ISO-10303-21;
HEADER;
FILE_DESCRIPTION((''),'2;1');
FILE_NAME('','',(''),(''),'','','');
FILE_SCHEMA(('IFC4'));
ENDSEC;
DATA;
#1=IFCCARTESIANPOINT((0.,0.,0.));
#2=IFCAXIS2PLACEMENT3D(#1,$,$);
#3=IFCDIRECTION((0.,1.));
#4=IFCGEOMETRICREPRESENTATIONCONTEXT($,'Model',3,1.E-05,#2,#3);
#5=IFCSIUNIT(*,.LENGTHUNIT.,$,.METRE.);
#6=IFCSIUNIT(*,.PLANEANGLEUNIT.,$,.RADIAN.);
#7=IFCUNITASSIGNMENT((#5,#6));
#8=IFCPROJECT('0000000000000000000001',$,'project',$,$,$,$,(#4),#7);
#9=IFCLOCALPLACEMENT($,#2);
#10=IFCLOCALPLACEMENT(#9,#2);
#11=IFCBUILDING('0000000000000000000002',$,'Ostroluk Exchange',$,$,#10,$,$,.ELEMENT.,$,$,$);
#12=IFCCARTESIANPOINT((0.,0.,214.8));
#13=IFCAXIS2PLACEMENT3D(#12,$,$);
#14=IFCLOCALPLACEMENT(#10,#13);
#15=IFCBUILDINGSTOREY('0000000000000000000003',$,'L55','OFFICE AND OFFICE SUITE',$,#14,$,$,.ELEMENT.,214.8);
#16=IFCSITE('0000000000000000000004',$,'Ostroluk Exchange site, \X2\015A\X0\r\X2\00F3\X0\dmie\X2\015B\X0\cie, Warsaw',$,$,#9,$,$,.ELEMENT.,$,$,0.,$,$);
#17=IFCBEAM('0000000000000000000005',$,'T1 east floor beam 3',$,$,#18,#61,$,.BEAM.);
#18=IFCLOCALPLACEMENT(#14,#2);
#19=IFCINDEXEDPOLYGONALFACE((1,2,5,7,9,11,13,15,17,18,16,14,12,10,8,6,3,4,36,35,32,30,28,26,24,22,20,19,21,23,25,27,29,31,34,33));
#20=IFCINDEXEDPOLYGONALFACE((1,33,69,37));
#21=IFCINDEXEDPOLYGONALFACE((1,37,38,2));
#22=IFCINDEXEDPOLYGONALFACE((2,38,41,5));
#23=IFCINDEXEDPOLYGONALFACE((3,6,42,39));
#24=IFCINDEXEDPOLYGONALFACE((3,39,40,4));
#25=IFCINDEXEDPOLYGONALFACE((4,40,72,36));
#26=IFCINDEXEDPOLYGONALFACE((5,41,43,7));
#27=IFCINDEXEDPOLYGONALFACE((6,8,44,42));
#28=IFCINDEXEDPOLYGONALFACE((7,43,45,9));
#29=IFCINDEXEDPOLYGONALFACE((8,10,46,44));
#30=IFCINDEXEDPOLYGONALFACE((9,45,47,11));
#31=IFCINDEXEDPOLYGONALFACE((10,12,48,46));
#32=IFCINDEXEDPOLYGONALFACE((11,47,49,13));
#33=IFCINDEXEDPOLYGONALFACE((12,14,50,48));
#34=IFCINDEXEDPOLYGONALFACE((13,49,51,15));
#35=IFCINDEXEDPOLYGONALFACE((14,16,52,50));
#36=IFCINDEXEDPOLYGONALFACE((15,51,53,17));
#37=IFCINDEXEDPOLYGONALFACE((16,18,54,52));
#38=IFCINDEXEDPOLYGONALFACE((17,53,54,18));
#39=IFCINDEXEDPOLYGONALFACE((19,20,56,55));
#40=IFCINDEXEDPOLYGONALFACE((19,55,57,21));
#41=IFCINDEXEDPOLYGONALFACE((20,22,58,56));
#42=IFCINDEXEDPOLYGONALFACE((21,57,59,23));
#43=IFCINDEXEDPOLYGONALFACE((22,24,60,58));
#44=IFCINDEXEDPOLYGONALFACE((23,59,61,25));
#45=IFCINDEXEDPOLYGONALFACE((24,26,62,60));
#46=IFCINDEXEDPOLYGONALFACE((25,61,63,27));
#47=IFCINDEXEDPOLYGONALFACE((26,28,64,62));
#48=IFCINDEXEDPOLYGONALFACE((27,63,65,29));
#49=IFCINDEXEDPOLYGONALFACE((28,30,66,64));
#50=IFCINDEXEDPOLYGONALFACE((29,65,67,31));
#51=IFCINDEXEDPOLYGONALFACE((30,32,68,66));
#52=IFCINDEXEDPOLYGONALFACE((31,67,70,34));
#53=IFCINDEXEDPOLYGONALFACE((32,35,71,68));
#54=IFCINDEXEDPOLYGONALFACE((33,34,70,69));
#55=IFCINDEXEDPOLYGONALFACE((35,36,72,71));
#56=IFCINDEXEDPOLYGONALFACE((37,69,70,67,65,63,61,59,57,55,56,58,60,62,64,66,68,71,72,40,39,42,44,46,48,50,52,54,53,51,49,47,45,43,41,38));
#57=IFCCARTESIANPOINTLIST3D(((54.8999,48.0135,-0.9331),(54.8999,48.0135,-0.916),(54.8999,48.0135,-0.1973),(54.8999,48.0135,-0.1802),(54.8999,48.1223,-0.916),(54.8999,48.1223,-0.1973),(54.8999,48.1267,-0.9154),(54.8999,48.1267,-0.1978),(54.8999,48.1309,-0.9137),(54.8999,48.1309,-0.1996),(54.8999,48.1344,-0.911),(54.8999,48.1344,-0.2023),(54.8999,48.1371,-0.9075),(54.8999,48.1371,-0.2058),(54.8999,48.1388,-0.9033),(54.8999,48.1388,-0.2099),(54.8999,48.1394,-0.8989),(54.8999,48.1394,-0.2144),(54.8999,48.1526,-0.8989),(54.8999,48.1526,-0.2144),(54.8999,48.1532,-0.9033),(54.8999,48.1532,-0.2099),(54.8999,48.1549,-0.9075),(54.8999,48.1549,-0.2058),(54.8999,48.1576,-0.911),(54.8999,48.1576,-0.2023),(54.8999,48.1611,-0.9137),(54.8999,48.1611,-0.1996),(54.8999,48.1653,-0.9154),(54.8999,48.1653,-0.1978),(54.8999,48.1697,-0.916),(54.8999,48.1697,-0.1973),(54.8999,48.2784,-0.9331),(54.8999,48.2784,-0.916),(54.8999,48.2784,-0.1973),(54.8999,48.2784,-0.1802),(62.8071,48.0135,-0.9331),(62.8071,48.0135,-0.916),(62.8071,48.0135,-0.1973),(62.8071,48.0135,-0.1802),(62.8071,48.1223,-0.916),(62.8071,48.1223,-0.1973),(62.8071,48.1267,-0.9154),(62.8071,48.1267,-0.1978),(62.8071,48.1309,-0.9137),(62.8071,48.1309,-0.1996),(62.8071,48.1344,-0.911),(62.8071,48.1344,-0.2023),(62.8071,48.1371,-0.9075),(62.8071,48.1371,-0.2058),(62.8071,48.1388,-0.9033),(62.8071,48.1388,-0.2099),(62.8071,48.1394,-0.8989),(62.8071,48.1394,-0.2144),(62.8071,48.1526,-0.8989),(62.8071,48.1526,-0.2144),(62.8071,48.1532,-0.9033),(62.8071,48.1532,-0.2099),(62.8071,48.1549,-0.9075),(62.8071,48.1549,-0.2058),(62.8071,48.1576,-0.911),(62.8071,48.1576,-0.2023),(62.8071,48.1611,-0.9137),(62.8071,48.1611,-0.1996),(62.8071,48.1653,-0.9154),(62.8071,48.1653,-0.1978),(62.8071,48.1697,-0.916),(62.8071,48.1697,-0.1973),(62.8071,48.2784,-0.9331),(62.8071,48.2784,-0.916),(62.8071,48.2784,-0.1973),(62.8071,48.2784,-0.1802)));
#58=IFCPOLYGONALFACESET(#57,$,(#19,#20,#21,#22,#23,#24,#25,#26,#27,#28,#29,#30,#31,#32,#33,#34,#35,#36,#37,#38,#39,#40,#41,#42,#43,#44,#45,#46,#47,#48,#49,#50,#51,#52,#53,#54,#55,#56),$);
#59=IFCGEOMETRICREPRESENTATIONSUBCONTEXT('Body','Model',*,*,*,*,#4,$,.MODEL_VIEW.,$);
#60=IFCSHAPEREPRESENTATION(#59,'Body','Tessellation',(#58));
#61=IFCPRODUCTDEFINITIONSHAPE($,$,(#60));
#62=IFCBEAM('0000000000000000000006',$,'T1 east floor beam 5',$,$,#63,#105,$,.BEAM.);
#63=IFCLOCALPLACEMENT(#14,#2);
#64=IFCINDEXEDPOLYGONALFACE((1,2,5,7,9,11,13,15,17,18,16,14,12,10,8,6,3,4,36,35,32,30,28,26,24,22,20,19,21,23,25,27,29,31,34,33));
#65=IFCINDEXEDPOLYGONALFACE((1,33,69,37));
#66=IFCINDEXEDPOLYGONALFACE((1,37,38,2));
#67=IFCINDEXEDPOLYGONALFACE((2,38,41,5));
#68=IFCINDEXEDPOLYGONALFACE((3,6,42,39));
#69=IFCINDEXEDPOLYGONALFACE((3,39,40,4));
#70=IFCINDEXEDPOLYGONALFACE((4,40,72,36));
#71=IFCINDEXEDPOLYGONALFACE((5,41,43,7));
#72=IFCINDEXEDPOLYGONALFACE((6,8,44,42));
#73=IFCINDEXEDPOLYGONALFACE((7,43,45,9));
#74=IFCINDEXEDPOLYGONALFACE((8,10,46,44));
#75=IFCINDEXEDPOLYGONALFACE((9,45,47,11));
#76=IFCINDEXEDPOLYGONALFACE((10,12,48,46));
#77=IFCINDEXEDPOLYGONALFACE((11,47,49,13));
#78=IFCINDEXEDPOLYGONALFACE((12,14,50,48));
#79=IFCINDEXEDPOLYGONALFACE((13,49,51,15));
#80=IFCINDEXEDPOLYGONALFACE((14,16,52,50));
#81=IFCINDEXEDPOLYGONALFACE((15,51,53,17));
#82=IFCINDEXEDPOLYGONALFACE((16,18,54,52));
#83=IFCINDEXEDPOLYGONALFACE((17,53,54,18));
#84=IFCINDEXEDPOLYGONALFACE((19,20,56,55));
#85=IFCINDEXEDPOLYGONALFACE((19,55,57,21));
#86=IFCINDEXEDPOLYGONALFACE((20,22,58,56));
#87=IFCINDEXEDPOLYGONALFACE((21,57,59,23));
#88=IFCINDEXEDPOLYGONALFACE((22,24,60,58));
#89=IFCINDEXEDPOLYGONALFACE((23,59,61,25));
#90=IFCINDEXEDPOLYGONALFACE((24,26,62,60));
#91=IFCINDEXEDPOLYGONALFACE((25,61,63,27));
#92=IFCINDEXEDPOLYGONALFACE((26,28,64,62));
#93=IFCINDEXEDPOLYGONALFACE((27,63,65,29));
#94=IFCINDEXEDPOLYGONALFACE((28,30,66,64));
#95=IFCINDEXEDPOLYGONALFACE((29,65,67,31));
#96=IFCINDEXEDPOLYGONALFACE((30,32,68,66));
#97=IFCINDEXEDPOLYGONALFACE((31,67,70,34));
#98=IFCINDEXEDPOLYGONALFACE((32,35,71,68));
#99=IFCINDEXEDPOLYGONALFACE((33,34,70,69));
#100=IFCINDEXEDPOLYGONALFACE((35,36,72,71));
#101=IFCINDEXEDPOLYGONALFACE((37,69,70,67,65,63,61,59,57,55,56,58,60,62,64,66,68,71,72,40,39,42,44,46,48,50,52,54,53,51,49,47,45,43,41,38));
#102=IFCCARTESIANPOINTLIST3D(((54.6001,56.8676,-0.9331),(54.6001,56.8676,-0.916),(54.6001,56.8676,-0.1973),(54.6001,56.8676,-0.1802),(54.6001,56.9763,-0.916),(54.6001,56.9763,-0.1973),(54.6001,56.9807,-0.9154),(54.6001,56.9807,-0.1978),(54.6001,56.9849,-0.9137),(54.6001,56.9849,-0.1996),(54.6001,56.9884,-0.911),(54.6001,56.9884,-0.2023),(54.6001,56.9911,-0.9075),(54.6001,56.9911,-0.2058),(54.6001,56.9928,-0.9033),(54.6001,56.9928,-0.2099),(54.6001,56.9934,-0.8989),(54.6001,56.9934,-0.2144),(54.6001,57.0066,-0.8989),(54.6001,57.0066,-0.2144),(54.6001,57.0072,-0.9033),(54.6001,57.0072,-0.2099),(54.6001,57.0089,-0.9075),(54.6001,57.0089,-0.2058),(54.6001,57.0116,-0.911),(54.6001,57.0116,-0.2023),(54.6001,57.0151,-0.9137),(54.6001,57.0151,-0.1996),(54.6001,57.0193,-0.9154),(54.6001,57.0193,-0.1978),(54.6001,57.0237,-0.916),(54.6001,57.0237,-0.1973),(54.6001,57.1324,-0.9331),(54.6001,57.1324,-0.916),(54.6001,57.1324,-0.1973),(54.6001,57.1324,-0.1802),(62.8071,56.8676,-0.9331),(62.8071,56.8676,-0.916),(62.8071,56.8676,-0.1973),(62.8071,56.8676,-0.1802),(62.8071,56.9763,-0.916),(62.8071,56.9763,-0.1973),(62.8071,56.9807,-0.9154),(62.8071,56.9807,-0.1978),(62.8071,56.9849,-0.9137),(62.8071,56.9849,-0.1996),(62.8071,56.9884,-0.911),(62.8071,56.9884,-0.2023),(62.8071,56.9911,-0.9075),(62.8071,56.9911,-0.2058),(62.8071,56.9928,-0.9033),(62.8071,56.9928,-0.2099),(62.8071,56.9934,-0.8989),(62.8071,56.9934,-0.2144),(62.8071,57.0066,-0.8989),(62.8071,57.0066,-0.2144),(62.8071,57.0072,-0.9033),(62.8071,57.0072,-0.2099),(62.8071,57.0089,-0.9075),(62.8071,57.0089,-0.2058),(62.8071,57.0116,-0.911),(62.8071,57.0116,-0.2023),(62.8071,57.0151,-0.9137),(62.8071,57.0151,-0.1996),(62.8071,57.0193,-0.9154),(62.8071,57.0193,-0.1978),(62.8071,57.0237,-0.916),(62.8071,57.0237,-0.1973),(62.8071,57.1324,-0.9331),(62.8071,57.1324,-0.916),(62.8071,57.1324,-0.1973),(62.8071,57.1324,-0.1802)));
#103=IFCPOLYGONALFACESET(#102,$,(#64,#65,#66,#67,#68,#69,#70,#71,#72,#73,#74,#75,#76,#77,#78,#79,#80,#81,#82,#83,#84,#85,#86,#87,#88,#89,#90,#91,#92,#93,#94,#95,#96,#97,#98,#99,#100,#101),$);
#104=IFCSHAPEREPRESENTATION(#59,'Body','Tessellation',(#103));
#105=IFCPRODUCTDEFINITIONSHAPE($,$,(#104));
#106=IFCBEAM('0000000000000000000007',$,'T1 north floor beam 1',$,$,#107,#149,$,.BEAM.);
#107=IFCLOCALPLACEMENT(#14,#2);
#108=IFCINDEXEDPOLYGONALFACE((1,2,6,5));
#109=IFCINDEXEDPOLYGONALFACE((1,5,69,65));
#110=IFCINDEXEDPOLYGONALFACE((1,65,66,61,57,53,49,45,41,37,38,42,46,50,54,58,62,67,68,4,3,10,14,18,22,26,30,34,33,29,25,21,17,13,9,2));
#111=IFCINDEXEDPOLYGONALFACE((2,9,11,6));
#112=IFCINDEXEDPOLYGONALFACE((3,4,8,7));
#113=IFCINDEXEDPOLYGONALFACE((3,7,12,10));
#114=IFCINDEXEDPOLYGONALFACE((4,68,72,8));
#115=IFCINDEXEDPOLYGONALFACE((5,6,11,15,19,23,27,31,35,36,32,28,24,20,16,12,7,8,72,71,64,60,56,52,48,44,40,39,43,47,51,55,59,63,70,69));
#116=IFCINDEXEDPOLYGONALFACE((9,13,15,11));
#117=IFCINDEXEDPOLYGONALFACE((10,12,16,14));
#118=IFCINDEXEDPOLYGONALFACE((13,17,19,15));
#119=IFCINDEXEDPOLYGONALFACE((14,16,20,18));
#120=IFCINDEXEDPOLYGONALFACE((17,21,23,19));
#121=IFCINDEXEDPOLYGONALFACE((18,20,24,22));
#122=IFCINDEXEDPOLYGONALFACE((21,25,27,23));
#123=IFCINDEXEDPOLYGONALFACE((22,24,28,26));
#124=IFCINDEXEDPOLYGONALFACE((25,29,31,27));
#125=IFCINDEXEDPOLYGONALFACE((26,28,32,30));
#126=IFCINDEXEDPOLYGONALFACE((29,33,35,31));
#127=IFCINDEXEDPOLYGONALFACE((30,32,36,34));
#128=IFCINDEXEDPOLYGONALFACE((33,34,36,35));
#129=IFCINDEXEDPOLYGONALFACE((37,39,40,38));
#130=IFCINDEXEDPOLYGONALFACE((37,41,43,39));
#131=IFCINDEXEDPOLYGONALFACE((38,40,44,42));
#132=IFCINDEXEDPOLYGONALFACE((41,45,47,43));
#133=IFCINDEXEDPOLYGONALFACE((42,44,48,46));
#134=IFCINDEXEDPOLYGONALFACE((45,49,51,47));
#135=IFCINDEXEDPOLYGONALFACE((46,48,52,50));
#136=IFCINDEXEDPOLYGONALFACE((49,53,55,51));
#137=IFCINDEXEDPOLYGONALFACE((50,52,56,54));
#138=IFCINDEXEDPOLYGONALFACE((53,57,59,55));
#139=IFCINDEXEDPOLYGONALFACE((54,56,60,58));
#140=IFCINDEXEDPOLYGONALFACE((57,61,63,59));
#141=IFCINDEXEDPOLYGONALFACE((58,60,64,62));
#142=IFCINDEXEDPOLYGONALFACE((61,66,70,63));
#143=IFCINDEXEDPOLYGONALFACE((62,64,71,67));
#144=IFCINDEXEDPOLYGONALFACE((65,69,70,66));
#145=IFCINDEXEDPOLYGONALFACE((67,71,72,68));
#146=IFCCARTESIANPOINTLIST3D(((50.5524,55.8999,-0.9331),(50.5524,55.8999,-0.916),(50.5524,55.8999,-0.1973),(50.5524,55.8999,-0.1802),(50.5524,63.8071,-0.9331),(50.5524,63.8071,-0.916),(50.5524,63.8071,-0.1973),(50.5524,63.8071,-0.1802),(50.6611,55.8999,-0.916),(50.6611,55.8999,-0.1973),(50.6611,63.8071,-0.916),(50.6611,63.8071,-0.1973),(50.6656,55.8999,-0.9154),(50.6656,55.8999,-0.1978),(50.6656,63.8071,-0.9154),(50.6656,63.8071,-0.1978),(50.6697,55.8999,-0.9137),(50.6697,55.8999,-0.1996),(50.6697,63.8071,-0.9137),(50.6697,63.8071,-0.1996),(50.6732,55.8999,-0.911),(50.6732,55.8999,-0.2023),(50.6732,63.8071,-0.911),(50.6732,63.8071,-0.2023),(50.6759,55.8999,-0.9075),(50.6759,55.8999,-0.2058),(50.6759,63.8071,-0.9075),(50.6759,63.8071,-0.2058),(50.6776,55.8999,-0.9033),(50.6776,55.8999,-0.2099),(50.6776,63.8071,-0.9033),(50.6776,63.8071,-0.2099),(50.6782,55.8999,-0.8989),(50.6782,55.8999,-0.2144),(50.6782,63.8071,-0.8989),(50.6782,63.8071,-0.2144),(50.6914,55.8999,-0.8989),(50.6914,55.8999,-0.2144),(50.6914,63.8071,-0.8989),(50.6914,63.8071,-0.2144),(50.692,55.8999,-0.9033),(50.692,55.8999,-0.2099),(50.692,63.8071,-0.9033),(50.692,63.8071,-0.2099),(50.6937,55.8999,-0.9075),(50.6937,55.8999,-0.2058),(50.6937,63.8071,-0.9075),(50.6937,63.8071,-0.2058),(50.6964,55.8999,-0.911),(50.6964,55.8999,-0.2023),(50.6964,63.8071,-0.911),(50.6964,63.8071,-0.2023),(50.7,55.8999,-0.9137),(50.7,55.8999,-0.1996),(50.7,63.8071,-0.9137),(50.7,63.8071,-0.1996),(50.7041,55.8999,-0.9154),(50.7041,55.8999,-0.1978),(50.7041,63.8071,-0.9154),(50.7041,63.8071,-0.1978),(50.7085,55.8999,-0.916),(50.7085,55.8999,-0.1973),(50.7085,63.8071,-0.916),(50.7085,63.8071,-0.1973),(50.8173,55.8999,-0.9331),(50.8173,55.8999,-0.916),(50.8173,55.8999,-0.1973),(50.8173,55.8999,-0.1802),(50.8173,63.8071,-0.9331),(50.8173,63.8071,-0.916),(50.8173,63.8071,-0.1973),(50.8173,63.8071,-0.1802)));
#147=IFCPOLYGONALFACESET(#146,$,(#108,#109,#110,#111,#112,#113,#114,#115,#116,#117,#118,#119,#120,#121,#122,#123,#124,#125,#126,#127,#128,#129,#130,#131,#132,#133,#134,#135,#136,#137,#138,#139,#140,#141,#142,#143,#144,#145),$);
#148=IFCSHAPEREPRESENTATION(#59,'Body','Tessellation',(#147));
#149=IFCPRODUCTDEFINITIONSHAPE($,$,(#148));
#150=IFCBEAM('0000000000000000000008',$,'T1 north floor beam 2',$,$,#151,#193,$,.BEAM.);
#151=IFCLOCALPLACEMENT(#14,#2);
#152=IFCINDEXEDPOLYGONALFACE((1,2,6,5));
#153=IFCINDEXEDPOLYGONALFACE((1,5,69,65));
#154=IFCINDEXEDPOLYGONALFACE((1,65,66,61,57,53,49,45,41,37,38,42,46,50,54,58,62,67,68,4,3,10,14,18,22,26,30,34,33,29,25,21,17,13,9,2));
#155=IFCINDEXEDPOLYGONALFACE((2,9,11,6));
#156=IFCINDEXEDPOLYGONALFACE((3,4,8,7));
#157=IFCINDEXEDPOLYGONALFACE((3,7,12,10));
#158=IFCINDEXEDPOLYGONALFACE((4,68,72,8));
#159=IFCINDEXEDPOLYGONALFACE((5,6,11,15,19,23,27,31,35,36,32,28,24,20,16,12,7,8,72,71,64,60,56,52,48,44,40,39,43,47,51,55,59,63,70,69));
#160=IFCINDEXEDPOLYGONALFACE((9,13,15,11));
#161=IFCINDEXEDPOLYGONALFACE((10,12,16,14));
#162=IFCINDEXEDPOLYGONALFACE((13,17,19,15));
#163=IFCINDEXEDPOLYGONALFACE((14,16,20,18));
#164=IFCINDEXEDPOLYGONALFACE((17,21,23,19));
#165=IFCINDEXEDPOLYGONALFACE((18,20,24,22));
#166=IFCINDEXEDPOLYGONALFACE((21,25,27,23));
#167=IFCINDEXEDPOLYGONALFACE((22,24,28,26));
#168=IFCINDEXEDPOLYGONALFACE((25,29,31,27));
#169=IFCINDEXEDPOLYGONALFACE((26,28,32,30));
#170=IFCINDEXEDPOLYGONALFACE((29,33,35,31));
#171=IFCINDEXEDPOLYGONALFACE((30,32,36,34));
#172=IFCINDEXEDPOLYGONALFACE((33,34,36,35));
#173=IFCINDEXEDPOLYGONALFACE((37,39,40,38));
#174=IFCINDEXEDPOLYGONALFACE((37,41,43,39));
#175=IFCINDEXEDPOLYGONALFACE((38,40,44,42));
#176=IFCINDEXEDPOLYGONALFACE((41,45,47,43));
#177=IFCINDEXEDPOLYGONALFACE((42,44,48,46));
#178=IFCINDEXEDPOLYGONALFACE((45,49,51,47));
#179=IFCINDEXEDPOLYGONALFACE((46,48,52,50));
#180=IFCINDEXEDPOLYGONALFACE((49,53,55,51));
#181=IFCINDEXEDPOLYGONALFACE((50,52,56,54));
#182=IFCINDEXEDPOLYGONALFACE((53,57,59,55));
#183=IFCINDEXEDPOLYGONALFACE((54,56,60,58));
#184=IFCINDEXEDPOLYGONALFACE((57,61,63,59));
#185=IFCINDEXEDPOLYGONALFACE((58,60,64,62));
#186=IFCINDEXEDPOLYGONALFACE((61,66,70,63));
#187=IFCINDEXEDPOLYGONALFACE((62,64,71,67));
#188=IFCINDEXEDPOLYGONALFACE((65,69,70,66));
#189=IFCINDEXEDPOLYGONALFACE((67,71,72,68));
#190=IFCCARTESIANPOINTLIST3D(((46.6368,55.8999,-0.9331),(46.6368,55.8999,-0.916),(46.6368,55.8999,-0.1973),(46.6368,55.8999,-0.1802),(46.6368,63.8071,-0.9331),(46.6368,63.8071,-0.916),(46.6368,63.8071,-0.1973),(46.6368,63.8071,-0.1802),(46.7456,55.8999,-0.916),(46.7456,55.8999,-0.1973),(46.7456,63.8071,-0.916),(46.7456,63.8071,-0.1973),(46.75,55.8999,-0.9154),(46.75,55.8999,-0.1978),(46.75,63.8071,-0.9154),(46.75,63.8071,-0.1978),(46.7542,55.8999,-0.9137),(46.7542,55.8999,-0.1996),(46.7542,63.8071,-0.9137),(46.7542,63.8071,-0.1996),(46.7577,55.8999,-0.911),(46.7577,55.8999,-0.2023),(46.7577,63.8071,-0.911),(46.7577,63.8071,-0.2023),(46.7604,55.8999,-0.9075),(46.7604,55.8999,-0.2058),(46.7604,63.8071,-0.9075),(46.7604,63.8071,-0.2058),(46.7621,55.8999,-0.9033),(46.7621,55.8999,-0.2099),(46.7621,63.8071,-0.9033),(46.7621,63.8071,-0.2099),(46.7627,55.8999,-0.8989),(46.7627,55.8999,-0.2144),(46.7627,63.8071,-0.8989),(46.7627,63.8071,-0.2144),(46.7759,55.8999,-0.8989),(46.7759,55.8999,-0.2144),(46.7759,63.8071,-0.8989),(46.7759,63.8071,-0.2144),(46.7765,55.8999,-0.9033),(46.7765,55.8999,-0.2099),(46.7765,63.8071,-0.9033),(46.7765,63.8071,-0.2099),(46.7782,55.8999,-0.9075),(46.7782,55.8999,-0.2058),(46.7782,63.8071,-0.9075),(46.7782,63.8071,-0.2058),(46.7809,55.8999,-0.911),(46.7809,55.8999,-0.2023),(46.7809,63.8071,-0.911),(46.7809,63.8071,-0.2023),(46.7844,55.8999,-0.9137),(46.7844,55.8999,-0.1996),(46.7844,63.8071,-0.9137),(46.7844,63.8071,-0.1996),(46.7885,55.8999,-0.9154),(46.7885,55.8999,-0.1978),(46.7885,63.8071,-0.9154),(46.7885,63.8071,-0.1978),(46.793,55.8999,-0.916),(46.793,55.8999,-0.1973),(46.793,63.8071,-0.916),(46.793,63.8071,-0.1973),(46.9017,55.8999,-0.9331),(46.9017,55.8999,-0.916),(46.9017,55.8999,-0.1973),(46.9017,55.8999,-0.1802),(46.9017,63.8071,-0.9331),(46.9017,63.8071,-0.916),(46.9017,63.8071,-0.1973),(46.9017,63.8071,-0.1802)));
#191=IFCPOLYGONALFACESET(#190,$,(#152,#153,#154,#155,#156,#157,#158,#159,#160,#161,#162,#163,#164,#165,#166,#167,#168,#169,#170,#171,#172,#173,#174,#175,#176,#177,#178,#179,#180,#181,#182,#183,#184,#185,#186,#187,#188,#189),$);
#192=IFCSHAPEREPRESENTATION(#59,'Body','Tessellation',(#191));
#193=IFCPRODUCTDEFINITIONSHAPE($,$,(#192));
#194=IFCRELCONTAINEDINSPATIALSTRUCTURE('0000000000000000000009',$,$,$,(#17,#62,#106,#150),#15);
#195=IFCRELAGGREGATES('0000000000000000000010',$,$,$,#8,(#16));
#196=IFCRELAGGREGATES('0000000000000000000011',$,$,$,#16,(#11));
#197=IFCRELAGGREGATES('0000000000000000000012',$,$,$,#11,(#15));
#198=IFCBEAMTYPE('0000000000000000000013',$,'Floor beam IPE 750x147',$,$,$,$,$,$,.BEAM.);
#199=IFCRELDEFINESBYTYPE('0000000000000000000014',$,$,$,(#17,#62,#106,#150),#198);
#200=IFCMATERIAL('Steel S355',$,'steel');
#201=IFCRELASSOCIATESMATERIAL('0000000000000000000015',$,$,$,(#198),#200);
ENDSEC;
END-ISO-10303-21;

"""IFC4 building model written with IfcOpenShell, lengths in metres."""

from ifc_helpers import new_model, si_unit, direction, frame, origin, origin_2d, place, context, subcontext, project, spatial, i_section, extrude, material, material_profile, profile_set, type_object, element, save


model = new_model("IFC4")

# Units and contexts
model_context = context("Model", 3, precision=1e-05, world=origin(), true_north=direction((0.0, 1.0)))
body_context = subcontext(model_context, "Body", "Model", "MODEL_VIEW")
ifc_project = project(units=[si_unit("LENGTHUNIT", "METRE"), si_unit("PLANEANGLEUNIT", "RADIAN")], contexts=[model_context])

# Site, building, storey
site_placement = place(None, origin())
site = spatial("IfcSite", under=ifc_project, at=site_placement, Name="Ostroluk Exchange site, Śródmieście, Warsaw", CompositionType="ELEMENT", RefElevation=0.0)
building_placement = place(site_placement, origin())
building = spatial("IfcBuilding", under=site, at=building_placement, Name="Ostroluk Exchange", CompositionType="ELEMENT")
storey_placement = place(building_placement, frame((0.0, 0.0, 214.8)))
storey = spatial("IfcBuildingStorey", under=building, at=storey_placement, Name="L55", Description="OFFICE AND OFFICE SUITE", CompositionType="ELEMENT", Elevation=214.8)

# Beams
ifc_material_1 = material(Name="Steel S355", Category="steel")
ifc_material_profile_1 = material_profile(ifc_material_1, i_section(OverallWidth=0.2649, OverallDepth=0.7529, WebThickness=0.0132, FlangeThickness=0.0171, FilletRadius=0.0171, at=origin_2d()), Name="IPE 750x147")
ifc_profile_set_1 = profile_set([ifc_material_profile_1], Name="Steel S355")
beam_type_1 = type_object("IfcBeamType", Name="Floor beam IPE 750x147", PredefinedType="BEAM", material=ifc_profile_set_1)
beam_1_placement = place(storey_placement, frame((54.8999, 48.146, -0.5566), z_axis=(1.0, 0.0, 0.0), x_axis=(0.0, 1.0, 0.0)))
element("IfcBeam", 1, at=beam_1_placement, inside=storey, type_object=beam_type_1, Name="T1 east floor beam 3", PredefinedType="BEAM", context=body_context, shape_type="SweptSolid", body=[
    extrude(i_section(OverallWidth=0.2649, OverallDepth=0.7529, WebThickness=0.0132, FlangeThickness=0.0171, FilletRadius=0.0171, at=origin_2d()), origin(), (0.0, 0.0, 1.0), 7.9072),
])
beam_2_placement = place(storey_placement, frame((54.6001, 57.0, -0.5566), z_axis=(1.0, 0.0, 0.0), x_axis=(0.0, 1.0, 0.0)))
element("IfcBeam", 2, at=beam_2_placement, inside=storey, type_object=beam_type_1, Name="T1 east floor beam 5", PredefinedType="BEAM", context=body_context, shape_type="SweptSolid", body=[
    extrude(i_section(OverallWidth=0.2649, OverallDepth=0.7529, WebThickness=0.0132, FlangeThickness=0.0171, FilletRadius=0.0171, at=origin_2d()), origin(), (0.0, 0.0, 1.0), 8.207),
])
for number, where, z_axis, x_axis, name in (
    (3, (50.6848, 55.8999, -0.5566), (0.0, 1.0, 0.0), (-1.0, 0.0, 0.0), "T1 north floor beam 1"),
    (4, (46.7693, 55.8999, -0.5566), (0.0, 1.0, 0.0), (-1.0, 0.0, 0.0), "T1 north floor beam 2"),
):
    element("IfcBeam", number, at=place(storey_placement, frame(where, z_axis=z_axis, x_axis=x_axis)), inside=storey, type_object=beam_type_1, Name=name, PredefinedType="BEAM", context=body_context, shape_type="SweptSolid", body=[
        extrude(i_section(OverallWidth=0.2649, OverallDepth=0.7529, WebThickness=0.0132, FlangeThickness=0.0171, FilletRadius=0.0171, at=origin_2d()), origin(), (0.0, 0.0, 1.0), 7.9072),
    ])

save(model, "model.ifc")
